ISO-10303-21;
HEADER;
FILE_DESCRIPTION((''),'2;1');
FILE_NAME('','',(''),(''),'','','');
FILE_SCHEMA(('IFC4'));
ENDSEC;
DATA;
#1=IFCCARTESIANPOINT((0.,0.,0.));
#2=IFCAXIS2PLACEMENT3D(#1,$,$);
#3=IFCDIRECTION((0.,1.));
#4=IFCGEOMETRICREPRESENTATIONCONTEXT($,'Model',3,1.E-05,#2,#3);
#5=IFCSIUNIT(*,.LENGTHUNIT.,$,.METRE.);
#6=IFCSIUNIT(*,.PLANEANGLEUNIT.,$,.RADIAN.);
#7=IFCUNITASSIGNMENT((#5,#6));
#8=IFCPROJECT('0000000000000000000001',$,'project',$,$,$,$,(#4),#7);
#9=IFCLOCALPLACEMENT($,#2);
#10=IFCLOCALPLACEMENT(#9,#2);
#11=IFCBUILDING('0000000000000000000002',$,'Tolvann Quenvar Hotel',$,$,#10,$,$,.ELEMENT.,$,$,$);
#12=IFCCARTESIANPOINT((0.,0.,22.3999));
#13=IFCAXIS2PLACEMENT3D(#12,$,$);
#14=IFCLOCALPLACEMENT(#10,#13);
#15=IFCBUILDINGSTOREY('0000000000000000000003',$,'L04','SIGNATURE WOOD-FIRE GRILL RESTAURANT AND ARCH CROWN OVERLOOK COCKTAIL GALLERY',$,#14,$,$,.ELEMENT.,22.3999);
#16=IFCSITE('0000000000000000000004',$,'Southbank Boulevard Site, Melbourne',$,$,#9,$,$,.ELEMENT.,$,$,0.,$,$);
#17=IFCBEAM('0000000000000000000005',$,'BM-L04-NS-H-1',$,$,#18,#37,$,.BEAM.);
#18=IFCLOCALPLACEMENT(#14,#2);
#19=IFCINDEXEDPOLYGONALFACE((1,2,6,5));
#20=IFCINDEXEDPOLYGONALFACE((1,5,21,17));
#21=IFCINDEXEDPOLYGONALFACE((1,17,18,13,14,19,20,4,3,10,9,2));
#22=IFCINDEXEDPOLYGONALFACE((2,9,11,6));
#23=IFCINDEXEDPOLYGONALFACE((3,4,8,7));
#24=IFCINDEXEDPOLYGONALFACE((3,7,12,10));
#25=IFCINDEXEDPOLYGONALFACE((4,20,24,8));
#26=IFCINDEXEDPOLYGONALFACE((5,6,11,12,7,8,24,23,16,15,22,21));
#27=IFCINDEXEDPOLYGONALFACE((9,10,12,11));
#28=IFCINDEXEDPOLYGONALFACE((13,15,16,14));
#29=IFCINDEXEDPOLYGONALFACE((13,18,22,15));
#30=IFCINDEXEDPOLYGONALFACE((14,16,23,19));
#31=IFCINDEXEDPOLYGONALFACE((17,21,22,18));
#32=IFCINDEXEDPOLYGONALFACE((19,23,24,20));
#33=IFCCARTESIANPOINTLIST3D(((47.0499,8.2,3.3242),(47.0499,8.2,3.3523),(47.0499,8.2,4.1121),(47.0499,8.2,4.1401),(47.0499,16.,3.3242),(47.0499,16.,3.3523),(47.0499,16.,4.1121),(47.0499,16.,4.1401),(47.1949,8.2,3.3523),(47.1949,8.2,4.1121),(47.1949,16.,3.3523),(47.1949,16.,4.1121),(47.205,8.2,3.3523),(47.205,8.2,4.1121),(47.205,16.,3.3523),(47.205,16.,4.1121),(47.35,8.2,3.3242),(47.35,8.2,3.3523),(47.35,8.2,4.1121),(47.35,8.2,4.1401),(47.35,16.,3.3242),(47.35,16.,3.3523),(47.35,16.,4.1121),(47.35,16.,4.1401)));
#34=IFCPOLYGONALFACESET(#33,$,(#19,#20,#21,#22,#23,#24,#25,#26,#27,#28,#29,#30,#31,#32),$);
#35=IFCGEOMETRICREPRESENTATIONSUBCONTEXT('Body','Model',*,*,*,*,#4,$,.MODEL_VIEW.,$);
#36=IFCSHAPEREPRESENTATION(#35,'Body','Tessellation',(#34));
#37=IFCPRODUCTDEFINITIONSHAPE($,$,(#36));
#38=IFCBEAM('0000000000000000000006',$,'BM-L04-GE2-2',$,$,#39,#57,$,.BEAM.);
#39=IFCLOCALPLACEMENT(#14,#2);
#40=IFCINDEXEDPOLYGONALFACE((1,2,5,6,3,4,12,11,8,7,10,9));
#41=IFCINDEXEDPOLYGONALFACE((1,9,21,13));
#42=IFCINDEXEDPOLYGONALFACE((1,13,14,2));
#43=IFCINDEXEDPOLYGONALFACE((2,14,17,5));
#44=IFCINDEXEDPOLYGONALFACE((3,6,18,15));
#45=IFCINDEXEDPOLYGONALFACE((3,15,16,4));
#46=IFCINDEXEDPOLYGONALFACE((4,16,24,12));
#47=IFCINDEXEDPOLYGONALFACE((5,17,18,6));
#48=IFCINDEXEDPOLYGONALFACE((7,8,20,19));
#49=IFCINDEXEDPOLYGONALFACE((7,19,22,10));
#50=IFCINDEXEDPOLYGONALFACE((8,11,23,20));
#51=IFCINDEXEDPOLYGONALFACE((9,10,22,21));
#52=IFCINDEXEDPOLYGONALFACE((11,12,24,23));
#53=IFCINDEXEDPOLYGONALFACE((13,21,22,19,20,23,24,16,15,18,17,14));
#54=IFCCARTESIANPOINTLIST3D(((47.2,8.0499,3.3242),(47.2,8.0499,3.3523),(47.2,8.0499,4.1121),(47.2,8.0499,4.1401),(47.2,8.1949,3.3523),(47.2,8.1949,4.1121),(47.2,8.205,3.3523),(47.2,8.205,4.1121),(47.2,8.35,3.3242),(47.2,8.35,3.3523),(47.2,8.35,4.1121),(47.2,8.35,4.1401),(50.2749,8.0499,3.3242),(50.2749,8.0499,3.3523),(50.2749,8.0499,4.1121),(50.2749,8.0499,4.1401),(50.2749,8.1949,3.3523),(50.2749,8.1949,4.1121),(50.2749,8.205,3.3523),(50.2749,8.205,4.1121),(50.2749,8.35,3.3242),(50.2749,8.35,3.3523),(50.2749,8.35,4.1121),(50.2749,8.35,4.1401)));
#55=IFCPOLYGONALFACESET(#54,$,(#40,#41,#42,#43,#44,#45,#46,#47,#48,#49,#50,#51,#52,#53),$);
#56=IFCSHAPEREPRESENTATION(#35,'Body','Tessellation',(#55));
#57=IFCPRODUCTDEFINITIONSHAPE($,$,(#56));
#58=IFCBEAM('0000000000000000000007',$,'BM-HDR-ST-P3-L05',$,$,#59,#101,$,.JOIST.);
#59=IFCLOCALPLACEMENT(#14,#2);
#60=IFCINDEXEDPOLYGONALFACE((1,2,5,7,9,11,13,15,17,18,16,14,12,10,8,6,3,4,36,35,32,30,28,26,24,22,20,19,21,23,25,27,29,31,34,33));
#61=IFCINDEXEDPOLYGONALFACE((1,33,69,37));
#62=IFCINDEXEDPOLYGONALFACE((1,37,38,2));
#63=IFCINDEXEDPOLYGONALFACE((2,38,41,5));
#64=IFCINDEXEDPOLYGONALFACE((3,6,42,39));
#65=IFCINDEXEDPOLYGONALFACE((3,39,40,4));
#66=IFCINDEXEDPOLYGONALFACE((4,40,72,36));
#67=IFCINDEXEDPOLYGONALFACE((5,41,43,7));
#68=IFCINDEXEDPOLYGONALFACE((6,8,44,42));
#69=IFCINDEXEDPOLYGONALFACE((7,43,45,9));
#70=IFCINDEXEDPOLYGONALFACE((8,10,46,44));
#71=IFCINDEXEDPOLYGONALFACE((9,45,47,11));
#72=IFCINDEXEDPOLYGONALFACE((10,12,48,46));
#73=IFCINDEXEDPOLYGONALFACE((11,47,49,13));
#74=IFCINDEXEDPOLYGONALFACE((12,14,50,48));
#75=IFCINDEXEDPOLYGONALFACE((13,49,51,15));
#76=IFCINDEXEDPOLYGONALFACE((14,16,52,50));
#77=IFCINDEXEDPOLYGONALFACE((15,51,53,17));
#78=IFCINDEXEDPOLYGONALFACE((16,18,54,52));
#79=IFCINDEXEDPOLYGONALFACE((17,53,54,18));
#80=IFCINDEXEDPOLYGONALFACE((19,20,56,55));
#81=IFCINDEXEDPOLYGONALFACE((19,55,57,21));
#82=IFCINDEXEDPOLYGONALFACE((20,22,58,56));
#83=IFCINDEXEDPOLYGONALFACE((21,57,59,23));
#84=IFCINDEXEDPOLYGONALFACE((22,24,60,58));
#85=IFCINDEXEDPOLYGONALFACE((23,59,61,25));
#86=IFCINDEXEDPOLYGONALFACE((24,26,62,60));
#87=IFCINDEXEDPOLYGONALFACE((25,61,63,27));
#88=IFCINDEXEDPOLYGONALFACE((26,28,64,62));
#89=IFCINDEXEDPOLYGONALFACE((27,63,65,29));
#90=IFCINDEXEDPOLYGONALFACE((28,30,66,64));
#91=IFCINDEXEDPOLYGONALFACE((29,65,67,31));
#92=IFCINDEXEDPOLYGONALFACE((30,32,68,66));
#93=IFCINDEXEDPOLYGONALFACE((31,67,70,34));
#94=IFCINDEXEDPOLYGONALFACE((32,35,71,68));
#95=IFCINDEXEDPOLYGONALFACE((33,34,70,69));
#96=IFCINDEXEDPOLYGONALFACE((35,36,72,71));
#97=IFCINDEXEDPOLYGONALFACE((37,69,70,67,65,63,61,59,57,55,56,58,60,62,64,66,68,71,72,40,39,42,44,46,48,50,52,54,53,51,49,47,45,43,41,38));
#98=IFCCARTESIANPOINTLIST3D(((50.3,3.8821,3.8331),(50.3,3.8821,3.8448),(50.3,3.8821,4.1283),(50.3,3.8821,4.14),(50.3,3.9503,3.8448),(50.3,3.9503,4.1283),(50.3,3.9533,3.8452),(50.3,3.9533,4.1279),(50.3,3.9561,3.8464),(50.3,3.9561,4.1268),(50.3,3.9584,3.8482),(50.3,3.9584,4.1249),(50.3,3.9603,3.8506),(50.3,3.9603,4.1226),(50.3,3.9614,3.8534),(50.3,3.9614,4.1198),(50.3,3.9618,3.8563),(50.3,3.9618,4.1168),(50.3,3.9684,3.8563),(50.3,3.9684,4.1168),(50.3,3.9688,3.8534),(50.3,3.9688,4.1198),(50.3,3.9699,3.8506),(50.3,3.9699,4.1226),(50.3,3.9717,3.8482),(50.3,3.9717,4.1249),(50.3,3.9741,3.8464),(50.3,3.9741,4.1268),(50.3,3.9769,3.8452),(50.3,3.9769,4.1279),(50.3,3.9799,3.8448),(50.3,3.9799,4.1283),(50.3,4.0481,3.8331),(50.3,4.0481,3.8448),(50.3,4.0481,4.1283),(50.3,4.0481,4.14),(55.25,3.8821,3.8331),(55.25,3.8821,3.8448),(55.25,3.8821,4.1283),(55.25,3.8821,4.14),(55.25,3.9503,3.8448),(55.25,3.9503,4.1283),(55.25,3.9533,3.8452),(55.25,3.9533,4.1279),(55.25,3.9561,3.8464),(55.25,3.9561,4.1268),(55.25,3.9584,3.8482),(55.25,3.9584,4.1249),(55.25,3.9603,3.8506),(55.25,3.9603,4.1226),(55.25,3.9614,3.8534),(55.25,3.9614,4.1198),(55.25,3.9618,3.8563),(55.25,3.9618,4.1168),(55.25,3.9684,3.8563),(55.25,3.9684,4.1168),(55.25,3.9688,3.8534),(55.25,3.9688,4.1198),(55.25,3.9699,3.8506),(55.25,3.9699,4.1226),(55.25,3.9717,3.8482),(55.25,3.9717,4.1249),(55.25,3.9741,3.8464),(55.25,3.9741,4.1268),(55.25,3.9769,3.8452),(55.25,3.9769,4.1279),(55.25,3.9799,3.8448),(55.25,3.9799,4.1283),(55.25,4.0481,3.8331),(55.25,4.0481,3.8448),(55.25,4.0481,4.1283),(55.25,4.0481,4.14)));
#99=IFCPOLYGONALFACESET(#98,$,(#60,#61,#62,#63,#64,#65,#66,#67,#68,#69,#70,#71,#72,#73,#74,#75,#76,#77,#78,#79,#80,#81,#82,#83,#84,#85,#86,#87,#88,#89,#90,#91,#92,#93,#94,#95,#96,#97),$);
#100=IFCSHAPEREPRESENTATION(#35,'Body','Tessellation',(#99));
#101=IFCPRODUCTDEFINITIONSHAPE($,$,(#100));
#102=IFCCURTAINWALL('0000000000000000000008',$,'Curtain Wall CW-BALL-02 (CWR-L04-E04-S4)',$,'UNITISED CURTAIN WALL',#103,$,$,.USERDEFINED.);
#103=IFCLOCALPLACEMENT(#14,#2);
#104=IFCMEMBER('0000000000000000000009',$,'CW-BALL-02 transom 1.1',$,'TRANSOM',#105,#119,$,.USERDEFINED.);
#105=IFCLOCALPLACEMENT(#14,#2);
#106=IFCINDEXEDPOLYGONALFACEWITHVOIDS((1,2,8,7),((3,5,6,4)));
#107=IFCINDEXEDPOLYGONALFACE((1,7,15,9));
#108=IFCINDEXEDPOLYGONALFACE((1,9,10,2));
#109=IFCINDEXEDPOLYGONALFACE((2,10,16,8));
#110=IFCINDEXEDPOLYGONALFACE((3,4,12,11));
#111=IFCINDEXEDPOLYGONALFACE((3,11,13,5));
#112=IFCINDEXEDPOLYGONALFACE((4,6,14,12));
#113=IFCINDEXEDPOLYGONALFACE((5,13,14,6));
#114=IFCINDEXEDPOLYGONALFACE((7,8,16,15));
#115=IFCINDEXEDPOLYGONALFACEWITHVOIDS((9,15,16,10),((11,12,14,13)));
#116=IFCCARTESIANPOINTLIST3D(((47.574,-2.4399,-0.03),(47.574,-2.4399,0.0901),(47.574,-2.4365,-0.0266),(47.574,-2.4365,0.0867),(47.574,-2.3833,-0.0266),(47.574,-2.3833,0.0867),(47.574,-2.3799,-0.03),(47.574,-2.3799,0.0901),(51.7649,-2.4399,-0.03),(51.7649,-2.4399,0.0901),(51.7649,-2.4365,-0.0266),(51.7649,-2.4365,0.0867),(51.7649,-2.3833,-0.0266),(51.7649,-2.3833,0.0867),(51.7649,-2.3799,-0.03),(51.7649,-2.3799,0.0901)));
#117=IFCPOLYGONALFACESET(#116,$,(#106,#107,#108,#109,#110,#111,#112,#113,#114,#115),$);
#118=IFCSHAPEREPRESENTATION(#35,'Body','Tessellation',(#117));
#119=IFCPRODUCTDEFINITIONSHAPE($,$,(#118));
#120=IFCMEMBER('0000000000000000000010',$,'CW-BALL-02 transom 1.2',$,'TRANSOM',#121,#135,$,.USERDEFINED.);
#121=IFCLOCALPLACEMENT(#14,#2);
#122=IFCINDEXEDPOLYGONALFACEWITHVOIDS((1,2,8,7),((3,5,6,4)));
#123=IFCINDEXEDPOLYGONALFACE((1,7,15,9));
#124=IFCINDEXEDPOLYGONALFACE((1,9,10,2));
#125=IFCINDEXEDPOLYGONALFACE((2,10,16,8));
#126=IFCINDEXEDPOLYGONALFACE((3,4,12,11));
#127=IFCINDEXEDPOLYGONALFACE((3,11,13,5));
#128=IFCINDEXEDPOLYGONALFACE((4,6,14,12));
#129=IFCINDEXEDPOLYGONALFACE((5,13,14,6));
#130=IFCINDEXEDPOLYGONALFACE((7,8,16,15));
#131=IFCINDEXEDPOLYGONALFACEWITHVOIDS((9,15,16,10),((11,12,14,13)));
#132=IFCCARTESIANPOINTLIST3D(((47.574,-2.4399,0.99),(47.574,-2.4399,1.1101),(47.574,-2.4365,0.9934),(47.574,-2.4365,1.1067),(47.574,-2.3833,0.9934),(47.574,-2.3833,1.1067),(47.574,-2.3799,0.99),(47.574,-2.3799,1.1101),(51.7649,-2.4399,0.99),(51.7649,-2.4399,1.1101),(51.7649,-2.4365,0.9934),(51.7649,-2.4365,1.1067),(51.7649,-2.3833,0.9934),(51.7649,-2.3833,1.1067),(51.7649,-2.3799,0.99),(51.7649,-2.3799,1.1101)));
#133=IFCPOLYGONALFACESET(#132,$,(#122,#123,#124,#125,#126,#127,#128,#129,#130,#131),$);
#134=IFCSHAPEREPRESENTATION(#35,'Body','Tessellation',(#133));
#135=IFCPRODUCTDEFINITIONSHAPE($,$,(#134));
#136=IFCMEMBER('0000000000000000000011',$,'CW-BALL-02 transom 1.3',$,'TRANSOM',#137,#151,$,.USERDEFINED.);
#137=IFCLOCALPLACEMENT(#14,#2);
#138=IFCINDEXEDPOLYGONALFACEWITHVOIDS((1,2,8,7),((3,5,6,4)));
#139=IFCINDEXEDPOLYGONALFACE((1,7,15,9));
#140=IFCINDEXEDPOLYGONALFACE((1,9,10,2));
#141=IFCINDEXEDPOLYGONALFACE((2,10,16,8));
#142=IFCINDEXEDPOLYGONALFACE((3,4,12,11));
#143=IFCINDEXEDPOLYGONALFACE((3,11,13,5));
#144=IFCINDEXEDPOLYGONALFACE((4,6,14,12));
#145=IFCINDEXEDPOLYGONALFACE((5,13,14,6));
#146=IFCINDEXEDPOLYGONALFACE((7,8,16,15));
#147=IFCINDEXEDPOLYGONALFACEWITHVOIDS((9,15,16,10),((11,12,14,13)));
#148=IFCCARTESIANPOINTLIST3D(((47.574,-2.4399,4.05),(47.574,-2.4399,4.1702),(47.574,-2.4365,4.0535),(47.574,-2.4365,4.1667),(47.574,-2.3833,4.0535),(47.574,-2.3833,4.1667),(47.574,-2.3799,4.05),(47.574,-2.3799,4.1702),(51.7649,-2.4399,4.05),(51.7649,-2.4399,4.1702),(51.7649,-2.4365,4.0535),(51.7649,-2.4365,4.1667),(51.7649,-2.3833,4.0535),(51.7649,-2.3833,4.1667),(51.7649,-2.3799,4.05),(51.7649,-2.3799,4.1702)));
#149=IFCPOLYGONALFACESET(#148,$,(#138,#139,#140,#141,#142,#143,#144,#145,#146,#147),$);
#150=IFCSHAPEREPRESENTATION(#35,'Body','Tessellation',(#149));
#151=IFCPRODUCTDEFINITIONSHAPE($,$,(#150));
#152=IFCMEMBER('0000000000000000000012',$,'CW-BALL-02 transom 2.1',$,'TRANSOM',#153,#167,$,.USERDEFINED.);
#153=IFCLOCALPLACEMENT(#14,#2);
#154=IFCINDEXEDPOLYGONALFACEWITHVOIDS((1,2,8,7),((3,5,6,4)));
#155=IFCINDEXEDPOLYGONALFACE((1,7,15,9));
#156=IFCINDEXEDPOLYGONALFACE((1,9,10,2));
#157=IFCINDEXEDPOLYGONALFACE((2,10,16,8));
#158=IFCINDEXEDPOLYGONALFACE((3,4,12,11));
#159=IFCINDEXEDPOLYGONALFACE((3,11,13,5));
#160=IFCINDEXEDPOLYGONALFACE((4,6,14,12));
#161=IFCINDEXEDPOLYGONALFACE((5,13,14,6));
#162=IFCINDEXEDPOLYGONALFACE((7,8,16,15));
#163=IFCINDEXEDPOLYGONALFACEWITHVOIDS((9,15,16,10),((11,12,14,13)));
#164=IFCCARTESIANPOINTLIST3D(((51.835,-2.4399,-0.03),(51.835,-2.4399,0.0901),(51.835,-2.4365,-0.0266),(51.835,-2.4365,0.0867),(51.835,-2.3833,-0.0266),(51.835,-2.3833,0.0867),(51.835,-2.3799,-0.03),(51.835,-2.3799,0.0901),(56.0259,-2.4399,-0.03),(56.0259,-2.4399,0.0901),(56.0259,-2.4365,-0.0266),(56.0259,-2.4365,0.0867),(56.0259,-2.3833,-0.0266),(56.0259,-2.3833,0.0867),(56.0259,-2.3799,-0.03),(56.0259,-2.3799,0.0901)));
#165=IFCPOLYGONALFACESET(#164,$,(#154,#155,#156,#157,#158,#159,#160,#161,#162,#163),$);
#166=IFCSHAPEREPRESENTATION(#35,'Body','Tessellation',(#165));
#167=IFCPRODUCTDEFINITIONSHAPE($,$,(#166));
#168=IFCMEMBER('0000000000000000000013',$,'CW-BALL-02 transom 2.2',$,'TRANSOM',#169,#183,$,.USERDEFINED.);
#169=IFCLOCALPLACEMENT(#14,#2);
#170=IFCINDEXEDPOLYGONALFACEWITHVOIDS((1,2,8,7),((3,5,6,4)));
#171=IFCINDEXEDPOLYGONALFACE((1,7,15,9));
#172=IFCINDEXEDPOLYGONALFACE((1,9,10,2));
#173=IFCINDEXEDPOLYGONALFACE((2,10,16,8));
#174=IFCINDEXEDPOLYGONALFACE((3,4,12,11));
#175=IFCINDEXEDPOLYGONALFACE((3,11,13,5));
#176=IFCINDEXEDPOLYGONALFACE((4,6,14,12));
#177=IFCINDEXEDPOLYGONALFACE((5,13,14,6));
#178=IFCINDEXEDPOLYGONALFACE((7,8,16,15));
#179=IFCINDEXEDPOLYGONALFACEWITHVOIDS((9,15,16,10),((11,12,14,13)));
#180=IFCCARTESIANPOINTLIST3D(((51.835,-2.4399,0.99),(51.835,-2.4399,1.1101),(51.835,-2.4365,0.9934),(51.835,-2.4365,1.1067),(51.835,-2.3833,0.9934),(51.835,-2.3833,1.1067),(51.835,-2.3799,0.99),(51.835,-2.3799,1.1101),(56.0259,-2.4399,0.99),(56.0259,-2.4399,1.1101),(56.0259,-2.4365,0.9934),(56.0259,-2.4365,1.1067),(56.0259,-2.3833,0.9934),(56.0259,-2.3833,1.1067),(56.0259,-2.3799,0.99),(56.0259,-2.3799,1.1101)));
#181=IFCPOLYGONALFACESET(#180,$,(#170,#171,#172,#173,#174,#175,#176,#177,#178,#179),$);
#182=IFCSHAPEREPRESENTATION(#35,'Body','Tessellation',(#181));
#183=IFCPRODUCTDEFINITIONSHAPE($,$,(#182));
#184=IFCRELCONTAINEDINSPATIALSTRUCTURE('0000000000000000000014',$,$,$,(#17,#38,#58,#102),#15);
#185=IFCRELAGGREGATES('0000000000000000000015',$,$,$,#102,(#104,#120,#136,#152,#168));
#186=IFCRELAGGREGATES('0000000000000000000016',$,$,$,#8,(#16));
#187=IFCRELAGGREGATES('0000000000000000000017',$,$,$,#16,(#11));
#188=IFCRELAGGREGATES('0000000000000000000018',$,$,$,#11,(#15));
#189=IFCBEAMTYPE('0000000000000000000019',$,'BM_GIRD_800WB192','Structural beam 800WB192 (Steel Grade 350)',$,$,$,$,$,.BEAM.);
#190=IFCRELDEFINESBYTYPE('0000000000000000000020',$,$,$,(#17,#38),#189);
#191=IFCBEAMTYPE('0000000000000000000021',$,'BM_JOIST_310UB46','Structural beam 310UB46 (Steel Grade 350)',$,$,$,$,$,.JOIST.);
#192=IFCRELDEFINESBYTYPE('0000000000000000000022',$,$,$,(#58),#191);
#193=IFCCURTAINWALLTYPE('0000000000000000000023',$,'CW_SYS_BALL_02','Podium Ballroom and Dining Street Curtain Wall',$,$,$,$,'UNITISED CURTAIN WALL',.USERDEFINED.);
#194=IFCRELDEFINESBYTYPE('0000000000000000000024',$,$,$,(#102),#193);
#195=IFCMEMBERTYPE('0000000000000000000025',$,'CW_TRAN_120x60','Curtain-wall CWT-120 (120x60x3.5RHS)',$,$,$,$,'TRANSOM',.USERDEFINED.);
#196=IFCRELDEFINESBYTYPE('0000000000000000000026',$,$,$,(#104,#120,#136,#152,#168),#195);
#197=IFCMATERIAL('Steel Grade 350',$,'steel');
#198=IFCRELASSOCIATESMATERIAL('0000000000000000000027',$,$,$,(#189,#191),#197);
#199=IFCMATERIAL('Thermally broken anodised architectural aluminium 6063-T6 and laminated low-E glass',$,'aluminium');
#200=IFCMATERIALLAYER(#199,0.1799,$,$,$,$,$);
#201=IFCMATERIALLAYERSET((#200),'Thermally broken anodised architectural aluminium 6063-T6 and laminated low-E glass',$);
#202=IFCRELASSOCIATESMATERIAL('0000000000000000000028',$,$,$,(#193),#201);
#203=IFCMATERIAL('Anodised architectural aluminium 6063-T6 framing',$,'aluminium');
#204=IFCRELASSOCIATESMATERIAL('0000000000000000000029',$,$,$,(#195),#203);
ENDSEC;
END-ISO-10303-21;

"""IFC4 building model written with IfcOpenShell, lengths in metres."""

from ifc_helpers import new_model, si_unit, direction, frame, origin, origin_2d, place, context, subcontext, project, spatial, hollow_rectangle, i_section, extrude, source, transform, mapped, material, layer, layer_set, material_profile, profile_set, type_object, type_shapes, element, aggregate, save


model = new_model("IFC4")

# Units and contexts
model_context = context("Model", 3, precision=1e-05, world=origin(), true_north=direction((0.0, 1.0)))
body_context = subcontext(model_context, "Body", "Model", "MODEL_VIEW")
ifc_project = project(units=[si_unit("LENGTHUNIT", "METRE"), si_unit("PLANEANGLEUNIT", "RADIAN")], contexts=[model_context])

# Site, building, storey
site_placement = place(None, origin())
site = spatial("IfcSite", under=ifc_project, at=site_placement, Name="Southbank Boulevard Site, Melbourne", CompositionType="ELEMENT", RefElevation=0.0)
building_placement = place(site_placement, origin())
building = spatial("IfcBuilding", under=site, at=building_placement, Name="Tolvann Quenvar Hotel", CompositionType="ELEMENT")
storey_placement = place(building_placement, frame((0.0, 0.0, 22.3999)))
storey = spatial("IfcBuildingStorey", under=building, at=storey_placement, Name="L04", Description="SIGNATURE WOOD-FIRE GRILL RESTAURANT AND ARCH CROWN OVERLOOK COCKTAIL GALLERY", CompositionType="ELEMENT", Elevation=22.3999)

# Beams
ifc_material_1 = material(Name="Steel Grade 350", Category="steel")
ifc_material_profile_1 = material_profile(ifc_material_1, i_section(OverallWidth=0.3, OverallDepth=0.8159, WebThickness=0.01, FlangeThickness=0.0281, at=origin_2d()), Name="800WB192")
ifc_profile_set_1 = profile_set([ifc_material_profile_1], Name="Steel Grade 350")
beam_type_1 = type_object("IfcBeamType", Name="BM_GIRD_800WB192", Description="Structural beam 800WB192 (Steel Grade 350)", PredefinedType="BEAM", material=ifc_profile_set_1)
shared_shape_1 = source(origin(), body_context, "Body", "SweptSolid", [
    extrude(i_section(OverallWidth=0.3, OverallDepth=0.8159, WebThickness=0.01, FlangeThickness=0.0281, at=origin_2d()), origin(), (0.0, 0.0, 1.0), 7.8),
])
beam_1_placement = place(storey_placement, frame((47.2, 8.2, 3.7322), z_axis=(0.0, 1.0, 0.0), x_axis=(-1.0, 0.0, 0.0)))
element("IfcBeam", 1, at=beam_1_placement, inside=storey, type_object=beam_type_1, Name="BM-L04-NS-H-1", PredefinedType="BEAM", context=body_context, shape_type="MappedRepresentation", body=[
    mapped(shared_shape_1, transform((0.0, 0.0, 0.0), x_axis=(1.0, 0.0, 0.0), y_axis=(0.0, 1.0, 0.0), z_axis=(0.0, 0.0, 1.0), scale=1.0)),
])
shared_shape_2 = source(origin(), body_context, "Body", "SweptSolid", [
    extrude(i_section(OverallWidth=0.3, OverallDepth=0.8159, WebThickness=0.01, FlangeThickness=0.0281, at=origin_2d()), origin(), (0.0, 0.0, 1.0), 3.075),
])
type_shapes(beam_type_1, [shared_shape_1, shared_shape_2])
beam_2_placement = place(storey_placement, frame((47.2, 8.2, 3.7322), z_axis=(1.0, 0.0, 0.0), x_axis=(0.0, 1.0, 0.0)))
element("IfcBeam", 2, at=beam_2_placement, inside=storey, type_object=beam_type_1, Name="BM-L04-GE2-2", PredefinedType="BEAM", context=body_context, shape_type="MappedRepresentation", body=[
    mapped(shared_shape_2, transform((0.0, 0.0, 0.0), x_axis=(1.0, 0.0, 0.0), y_axis=(0.0, 1.0, 0.0), z_axis=(0.0, 0.0, 1.0), scale=1.0)),
])
ifc_material_profile_2 = material_profile(ifc_material_1, i_section(OverallWidth=0.166, OverallDepth=0.3069, WebThickness=0.0066, FlangeThickness=0.0117, FilletRadius=0.0115, at=origin_2d()), Name="310UB46")
ifc_profile_set_2 = profile_set([ifc_material_profile_2], Name="Steel Grade 350")
beam_type_2 = type_object("IfcBeamType", Name="BM_JOIST_310UB46", Description="Structural beam 310UB46 (Steel Grade 350)", PredefinedType="JOIST", material=ifc_profile_set_2)
shared_shape_3 = source(origin(), body_context, "Body", "SweptSolid", [
    extrude(i_section(OverallWidth=0.166, OverallDepth=0.3069, WebThickness=0.0066, FlangeThickness=0.0117, FilletRadius=0.0115, at=origin_2d()), origin(), (0.0, 0.0, 1.0), 4.95),
])
type_shapes(beam_type_2, [shared_shape_3])
beam_3_placement = place(storey_placement, frame((50.3, 3.9651, 3.9866), z_axis=(1.0, 0.0, 0.0), x_axis=(0.0, 1.0, 0.0)))
element("IfcBeam", 3, at=beam_3_placement, inside=storey, type_object=beam_type_2, Name="BM-HDR-ST-P3-L05", PredefinedType="JOIST", context=body_context, shape_type="MappedRepresentation", body=[
    mapped(shared_shape_3, transform((0.0, 0.0, 0.0), x_axis=(1.0, 0.0, 0.0), y_axis=(0.0, 1.0, 0.0), z_axis=(0.0, 0.0, 1.0), scale=1.0)),
])

# Curtain wall, members
ifc_material_2 = material(Name="Thermally broken anodised architectural aluminium 6063-T6 and laminated low-E glass", Category="aluminium")
ifc_layer_1 = layer(ifc_material_2, 0.1799)
ifc_layer_set_1 = layer_set([ifc_layer_1], Name="Thermally broken anodised architectural aluminium 6063-T6 and laminated low-E glass")
curtain_wall_type = type_object("IfcCurtainWallType", Name="CW_SYS_BALL_02", Description="Podium Ballroom and Dining Street Curtain Wall", ElementType="UNITISED CURTAIN WALL", PredefinedType="USERDEFINED", material=ifc_layer_set_1)
curtain_wall_placement = place(storey_placement, origin())
curtain_wall = element("IfcCurtainWall", 4, at=curtain_wall_placement, inside=storey, type_object=curtain_wall_type, Name="Curtain Wall CW-BALL-02 (CWR-L04-E04-S4)", ObjectType="UNITISED CURTAIN WALL", PredefinedType="USERDEFINED")
ifc_material_3 = material(Name="Anodised architectural aluminium 6063-T6 framing", Category="aluminium")
ifc_material_profile_3 = material_profile(ifc_material_3, hollow_rectangle(XDim=0.0601, YDim=0.1201, WallThickness=0.0034, at=origin_2d()), Name="120x60x3.5RHS")
ifc_profile_set_3 = profile_set([ifc_material_profile_3], Name="Anodised architectural aluminium 6063-T6 framing")
member_type_1 = type_object("IfcMemberType", Name="CW_TRAN_120x60", Description="Curtain-wall CWT-120 (120x60x3.5RHS)", ElementType="TRANSOM", PredefinedType="USERDEFINED", material=ifc_profile_set_3)
shared_shape_4 = source(origin(), body_context, "Body", "SweptSolid", [
    extrude(hollow_rectangle(XDim=0.0601, YDim=0.1201, WallThickness=0.0034, at=origin_2d()), origin(), (0.0, 0.0, 1.0), 4.1909),
])
type_shapes(member_type_1, [shared_shape_4])
member_1_placement = place(storey_placement, frame((47.574, -2.4099, 0.03), z_axis=(1.0, 0.0, 0.0), x_axis=(0.0, 1.0, 0.0)))
member_1 = element("IfcMember", 5, at=member_1_placement, type_object=member_type_1, Name="CW-BALL-02 transom 1.1", ObjectType="TRANSOM", PredefinedType="USERDEFINED", context=body_context, shape_type="MappedRepresentation", body=[
    mapped(shared_shape_4, transform((0.0, 0.0, 0.0), x_axis=(1.0, 0.0, 0.0), y_axis=(0.0, 1.0, 0.0), z_axis=(0.0, 0.0, 1.0), scale=1.0)),
])
member_2_placement = place(storey_placement, frame((47.574, -2.4099, 1.05), z_axis=(1.0, 0.0, 0.0), x_axis=(0.0, 1.0, 0.0)))
member_2 = element("IfcMember", 6, at=member_2_placement, type_object=member_type_1, Name="CW-BALL-02 transom 1.2", ObjectType="TRANSOM", PredefinedType="USERDEFINED", context=body_context, shape_type="MappedRepresentation", body=[
    mapped(shared_shape_4, transform((0.0, 0.0, 0.0), x_axis=(1.0, 0.0, 0.0), y_axis=(0.0, 1.0, 0.0), z_axis=(0.0, 0.0, 1.0), scale=1.0)),
])
member_3_placement = place(storey_placement, frame((47.574, -2.4099, 4.1101), z_axis=(1.0, 0.0, 0.0), x_axis=(0.0, 1.0, 0.0)))
member_3 = element("IfcMember", 7, at=member_3_placement, type_object=member_type_1, Name="CW-BALL-02 transom 1.3", ObjectType="TRANSOM", PredefinedType="USERDEFINED", context=body_context, shape_type="MappedRepresentation", body=[
    mapped(shared_shape_4, transform((0.0, 0.0, 0.0), x_axis=(1.0, 0.0, 0.0), y_axis=(0.0, 1.0, 0.0), z_axis=(0.0, 0.0, 1.0), scale=1.0)),
])
member_4_placement = place(storey_placement, frame((51.835, -2.4099, 0.03), z_axis=(1.0, 0.0, 0.0), x_axis=(0.0, 1.0, 0.0)))
member_4 = element("IfcMember", 8, at=member_4_placement, type_object=member_type_1, Name="CW-BALL-02 transom 2.1", ObjectType="TRANSOM", PredefinedType="USERDEFINED", context=body_context, shape_type="MappedRepresentation", body=[
    mapped(shared_shape_4, transform((0.0, 0.0, 0.0), x_axis=(1.0, 0.0, 0.0), y_axis=(0.0, 1.0, 0.0), z_axis=(0.0, 0.0, 1.0), scale=1.0)),
])
member_5_placement = place(storey_placement, frame((51.835, -2.4099, 1.05), z_axis=(1.0, 0.0, 0.0), x_axis=(0.0, 1.0, 0.0)))
member_5 = element("IfcMember", 9, at=member_5_placement, type_object=member_type_1, Name="CW-BALL-02 transom 2.2", ObjectType="TRANSOM", PredefinedType="USERDEFINED", context=body_context, shape_type="MappedRepresentation", body=[
    mapped(shared_shape_4, transform((0.0, 0.0, 0.0), x_axis=(1.0, 0.0, 0.0), y_axis=(0.0, 1.0, 0.0), z_axis=(0.0, 0.0, 1.0), scale=1.0)),
])
aggregate(curtain_wall, [member_1, member_2, member_3, member_4, member_5])

save(model, "model.ifc")
